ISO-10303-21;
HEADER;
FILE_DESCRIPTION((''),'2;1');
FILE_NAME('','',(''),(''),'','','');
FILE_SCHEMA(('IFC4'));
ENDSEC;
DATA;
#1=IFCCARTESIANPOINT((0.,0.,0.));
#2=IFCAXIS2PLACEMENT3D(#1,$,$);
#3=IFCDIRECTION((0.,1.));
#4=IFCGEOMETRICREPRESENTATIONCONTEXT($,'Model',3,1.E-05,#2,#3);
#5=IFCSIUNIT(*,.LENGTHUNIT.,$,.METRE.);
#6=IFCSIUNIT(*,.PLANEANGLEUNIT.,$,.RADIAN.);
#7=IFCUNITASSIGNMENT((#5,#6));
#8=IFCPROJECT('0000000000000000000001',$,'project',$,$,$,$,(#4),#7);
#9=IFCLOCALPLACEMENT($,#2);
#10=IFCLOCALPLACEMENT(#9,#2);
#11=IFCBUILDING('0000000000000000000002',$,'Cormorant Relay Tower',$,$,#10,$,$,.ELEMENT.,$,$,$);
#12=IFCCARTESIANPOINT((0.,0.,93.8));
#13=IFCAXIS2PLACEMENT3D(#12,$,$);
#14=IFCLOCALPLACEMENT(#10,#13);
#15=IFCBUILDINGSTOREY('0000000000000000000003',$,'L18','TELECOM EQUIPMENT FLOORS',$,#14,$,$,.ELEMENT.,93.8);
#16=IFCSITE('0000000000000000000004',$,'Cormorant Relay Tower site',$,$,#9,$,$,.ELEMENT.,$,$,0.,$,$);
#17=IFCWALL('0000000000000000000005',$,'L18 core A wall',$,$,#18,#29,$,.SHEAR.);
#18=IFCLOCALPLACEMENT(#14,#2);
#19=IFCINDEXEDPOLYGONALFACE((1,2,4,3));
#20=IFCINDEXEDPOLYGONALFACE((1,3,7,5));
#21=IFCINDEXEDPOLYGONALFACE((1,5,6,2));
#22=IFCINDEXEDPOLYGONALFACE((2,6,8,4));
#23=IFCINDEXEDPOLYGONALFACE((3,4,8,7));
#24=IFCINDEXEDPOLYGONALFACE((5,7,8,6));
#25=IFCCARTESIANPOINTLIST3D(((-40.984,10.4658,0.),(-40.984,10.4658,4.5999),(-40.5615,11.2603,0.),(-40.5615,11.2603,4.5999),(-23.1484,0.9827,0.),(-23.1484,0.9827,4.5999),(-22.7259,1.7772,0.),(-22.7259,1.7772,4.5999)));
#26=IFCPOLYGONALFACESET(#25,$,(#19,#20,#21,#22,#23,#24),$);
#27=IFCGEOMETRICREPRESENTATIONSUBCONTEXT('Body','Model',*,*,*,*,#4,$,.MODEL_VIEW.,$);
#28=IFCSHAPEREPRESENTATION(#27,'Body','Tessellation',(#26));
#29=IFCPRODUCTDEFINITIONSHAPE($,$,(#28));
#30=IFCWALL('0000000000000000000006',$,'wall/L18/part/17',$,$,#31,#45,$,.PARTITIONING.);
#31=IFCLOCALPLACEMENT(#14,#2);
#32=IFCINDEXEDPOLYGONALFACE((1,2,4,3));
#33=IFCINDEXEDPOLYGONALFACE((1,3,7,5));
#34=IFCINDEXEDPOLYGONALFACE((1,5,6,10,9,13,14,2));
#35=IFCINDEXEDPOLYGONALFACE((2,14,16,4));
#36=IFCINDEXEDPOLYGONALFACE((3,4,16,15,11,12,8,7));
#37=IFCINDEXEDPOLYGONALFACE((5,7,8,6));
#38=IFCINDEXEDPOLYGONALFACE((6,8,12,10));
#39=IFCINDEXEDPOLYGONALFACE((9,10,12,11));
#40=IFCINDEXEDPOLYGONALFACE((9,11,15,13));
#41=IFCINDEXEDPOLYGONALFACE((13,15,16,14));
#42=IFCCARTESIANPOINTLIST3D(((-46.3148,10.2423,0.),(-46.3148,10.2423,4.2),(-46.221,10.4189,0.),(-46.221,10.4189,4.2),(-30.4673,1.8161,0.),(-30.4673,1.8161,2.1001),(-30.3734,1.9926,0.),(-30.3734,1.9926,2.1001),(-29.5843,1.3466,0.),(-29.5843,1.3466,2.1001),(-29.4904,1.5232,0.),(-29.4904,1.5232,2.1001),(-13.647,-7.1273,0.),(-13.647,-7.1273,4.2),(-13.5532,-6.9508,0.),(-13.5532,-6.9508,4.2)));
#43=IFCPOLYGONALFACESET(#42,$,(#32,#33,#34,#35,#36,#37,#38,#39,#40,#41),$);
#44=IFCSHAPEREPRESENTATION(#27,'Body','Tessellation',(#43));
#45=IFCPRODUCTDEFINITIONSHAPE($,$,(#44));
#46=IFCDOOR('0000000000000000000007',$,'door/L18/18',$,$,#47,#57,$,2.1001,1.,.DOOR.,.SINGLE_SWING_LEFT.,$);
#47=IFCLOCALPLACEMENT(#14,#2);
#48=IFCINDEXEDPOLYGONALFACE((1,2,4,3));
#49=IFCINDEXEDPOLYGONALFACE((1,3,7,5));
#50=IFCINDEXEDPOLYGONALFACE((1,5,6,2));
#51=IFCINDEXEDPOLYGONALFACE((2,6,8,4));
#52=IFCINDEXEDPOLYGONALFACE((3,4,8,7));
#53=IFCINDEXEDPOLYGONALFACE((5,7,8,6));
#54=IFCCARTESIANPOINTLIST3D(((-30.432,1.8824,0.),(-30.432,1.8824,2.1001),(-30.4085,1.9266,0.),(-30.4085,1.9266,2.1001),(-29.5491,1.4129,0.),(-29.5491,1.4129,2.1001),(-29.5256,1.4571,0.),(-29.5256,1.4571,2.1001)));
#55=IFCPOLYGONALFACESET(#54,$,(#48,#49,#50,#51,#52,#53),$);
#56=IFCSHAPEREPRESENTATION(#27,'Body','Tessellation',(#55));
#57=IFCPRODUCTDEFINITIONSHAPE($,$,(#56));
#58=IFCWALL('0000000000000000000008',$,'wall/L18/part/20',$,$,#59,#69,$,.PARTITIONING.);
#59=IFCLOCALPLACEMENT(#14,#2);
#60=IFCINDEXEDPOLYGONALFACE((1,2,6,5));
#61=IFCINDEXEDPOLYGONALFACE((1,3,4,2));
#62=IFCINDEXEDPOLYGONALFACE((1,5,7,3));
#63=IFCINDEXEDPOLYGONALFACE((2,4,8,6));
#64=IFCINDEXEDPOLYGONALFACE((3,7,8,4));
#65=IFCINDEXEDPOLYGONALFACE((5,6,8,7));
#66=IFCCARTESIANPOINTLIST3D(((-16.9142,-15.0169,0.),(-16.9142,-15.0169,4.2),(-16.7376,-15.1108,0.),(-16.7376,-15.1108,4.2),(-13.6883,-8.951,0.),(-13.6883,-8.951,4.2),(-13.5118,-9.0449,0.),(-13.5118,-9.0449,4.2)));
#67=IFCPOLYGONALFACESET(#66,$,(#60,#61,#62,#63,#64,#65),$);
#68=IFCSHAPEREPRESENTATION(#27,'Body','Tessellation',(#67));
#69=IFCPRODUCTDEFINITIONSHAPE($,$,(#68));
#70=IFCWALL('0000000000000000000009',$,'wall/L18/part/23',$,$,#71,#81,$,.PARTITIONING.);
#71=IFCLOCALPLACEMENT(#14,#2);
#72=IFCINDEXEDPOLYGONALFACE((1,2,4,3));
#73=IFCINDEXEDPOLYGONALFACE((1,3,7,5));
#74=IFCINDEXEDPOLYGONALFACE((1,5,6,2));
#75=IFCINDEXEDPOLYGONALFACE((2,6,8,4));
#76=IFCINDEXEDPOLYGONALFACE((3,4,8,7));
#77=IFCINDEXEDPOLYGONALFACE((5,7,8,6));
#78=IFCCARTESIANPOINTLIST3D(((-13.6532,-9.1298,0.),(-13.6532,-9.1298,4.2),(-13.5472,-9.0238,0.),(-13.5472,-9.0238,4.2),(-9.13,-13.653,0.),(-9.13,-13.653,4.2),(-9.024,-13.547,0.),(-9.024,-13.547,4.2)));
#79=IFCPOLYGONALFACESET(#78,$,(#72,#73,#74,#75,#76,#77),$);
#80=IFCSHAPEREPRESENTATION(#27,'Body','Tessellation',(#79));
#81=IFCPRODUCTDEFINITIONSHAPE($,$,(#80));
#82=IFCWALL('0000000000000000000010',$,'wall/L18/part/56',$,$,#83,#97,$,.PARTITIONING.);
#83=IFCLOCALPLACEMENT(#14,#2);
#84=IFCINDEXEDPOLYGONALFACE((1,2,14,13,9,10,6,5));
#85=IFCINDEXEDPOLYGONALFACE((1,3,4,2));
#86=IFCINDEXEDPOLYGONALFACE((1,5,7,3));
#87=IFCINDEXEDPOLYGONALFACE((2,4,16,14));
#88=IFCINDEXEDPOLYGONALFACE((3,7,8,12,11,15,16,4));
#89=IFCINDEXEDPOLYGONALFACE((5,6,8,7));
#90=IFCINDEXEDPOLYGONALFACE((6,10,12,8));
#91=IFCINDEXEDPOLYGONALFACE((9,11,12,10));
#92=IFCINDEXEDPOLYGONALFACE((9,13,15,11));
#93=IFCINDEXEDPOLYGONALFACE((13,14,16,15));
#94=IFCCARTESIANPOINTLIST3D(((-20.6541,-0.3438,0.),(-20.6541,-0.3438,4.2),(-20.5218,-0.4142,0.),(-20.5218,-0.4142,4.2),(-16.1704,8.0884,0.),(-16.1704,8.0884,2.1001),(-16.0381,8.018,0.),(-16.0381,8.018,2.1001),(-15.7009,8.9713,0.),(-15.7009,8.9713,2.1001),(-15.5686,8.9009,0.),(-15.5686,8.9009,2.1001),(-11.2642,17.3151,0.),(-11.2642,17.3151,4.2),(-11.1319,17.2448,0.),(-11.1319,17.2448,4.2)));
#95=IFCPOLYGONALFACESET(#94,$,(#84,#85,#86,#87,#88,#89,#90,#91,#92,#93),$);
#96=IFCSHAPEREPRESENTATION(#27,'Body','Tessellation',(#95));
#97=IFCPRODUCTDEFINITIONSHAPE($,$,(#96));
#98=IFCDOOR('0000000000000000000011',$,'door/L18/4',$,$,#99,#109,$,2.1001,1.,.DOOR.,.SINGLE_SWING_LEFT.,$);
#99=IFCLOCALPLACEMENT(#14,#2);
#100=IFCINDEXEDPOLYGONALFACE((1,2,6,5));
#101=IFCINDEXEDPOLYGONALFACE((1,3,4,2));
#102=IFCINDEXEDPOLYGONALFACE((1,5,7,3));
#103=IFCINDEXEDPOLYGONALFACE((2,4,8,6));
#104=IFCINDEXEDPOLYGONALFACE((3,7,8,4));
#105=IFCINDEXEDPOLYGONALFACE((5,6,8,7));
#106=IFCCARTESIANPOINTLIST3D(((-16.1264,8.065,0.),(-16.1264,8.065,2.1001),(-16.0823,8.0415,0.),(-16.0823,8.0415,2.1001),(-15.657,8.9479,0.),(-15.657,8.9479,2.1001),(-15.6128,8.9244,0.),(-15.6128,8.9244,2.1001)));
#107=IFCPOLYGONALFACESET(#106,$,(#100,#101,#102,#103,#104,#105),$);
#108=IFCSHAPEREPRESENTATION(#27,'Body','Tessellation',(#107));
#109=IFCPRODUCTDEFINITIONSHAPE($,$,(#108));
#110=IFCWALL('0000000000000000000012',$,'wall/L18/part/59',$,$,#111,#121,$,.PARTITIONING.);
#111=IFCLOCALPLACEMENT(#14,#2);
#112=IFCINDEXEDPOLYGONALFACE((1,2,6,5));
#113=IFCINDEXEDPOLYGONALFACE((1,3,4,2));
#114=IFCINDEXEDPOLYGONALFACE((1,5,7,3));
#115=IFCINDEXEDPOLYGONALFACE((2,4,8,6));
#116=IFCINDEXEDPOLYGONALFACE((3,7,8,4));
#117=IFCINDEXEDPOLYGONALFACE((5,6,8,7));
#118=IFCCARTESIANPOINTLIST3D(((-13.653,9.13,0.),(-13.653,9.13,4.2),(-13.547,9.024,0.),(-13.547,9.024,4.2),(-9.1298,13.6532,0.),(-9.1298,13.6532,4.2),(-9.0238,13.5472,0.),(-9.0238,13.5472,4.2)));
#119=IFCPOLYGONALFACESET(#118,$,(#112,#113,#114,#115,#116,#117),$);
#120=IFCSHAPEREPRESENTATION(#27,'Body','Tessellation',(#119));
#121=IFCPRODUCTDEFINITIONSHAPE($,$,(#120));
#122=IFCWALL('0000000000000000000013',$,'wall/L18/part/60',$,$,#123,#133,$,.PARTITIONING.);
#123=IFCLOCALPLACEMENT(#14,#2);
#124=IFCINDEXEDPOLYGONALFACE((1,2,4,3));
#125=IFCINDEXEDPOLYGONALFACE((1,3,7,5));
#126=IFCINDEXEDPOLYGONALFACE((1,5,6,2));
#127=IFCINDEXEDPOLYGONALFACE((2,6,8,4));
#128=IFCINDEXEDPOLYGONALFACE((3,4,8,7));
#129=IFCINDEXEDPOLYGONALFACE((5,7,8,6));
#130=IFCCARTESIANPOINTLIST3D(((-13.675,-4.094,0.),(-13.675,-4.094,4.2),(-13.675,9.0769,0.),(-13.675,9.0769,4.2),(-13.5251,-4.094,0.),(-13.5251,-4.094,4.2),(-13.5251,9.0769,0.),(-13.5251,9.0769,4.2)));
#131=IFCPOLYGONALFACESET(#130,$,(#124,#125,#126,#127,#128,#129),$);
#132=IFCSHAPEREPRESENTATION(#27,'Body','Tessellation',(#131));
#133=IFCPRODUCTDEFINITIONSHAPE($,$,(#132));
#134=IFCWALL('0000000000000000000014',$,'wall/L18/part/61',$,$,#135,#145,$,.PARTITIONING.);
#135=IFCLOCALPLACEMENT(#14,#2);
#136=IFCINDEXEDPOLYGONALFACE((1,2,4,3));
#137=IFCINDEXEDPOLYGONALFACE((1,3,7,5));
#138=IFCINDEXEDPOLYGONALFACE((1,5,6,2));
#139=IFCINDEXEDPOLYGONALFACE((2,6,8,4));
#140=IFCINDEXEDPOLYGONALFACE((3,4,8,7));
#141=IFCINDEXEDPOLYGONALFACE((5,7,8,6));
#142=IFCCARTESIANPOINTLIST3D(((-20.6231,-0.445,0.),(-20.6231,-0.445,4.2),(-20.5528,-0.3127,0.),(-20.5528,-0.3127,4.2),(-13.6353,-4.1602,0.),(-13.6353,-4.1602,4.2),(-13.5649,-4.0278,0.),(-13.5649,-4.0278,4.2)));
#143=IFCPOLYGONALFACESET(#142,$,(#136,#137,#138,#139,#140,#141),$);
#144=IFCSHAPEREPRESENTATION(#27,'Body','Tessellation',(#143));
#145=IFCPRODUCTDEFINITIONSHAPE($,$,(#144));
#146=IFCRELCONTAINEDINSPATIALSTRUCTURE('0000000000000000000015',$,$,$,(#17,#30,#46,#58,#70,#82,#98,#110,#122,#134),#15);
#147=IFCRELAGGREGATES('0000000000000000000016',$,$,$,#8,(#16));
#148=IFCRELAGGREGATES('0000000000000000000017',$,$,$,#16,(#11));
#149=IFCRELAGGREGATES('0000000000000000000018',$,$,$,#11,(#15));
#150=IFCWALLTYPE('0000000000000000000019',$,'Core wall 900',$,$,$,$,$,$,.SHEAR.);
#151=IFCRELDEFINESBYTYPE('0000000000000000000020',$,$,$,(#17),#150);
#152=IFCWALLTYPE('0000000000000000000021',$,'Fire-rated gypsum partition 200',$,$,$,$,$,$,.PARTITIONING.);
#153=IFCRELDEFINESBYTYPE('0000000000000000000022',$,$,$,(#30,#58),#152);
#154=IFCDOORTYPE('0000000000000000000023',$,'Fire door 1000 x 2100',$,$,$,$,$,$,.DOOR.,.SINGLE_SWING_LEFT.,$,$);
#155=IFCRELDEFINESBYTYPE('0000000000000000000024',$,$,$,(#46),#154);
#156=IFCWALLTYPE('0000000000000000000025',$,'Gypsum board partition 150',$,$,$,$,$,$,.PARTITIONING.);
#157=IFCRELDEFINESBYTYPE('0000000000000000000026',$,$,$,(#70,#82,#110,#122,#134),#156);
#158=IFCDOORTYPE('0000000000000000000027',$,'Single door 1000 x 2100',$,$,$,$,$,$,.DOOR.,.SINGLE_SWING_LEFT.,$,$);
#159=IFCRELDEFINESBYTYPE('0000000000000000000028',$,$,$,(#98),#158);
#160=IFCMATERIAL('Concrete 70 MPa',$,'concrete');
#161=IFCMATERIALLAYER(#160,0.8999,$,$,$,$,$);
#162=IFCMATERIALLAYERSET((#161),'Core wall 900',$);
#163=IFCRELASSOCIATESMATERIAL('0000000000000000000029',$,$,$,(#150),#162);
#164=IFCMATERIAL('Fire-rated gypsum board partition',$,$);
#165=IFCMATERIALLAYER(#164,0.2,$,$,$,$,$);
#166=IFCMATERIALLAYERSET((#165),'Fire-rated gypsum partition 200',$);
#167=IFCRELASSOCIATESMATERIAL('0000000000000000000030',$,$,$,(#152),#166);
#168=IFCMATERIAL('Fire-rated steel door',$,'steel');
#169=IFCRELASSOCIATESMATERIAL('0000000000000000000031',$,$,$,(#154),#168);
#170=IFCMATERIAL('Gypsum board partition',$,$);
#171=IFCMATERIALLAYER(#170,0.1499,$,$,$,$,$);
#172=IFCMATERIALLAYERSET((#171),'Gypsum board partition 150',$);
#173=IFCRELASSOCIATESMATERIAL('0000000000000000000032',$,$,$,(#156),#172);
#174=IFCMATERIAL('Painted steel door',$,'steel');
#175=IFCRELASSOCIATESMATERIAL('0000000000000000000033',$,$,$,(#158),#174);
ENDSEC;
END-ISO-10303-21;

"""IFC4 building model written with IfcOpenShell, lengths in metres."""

from ifc_helpers import new_model, si_unit, direction, frame, frame_2d, origin, place, context, subcontext, project, spatial, rectangle, extrude, material, layer, layer_set, type_object, element, fill, save


model = new_model("IFC4")

# Units and contexts
model_context = context("Model", 3, precision=1e-05, world=origin(), true_north=direction((0.0, 1.0)))
body_context = subcontext(model_context, "Body", "Model", "MODEL_VIEW")
ifc_project = project(units=[si_unit("LENGTHUNIT", "METRE"), si_unit("PLANEANGLEUNIT", "RADIAN")], contexts=[model_context])

# Site, building, storey
site_placement = place(None, origin())
site = spatial("IfcSite", under=ifc_project, at=site_placement, Name="Cormorant Relay Tower site", CompositionType="ELEMENT", RefElevation=0.0)
building_placement = place(site_placement, origin())
building = spatial("IfcBuilding", under=site, at=building_placement, Name="Cormorant Relay Tower", CompositionType="ELEMENT")
storey_placement = place(building_placement, frame((0.0, 0.0, 93.8)))
storey = spatial("IfcBuildingStorey", under=building, at=storey_placement, Name="L18", Description="TELECOM EQUIPMENT FLOORS", CompositionType="ELEMENT", Elevation=93.8)

# Wall
ifc_material_1 = material(Name="Concrete 70 MPa", Category="concrete")
ifc_layer_1 = layer(ifc_material_1, 0.8999)
ifc_layer_set_1 = layer_set([ifc_layer_1], Name="Core wall 900")
wall_type_1 = type_object("IfcWallType", Name="Core wall 900", PredefinedType="SHEAR", material=ifc_layer_set_1)
wall_1_placement = place(storey_placement, frame((-22.937, 1.3799, 0.0), z_axis=(0.0, 0.0, 1.0), x_axis=(-0.882953, 0.469462, 0.0)))
element("IfcWall", 1, at=wall_1_placement, inside=storey, type_object=wall_type_1, Name="L18 core A wall", PredefinedType="SHEAR", context=body_context, shape_type="SweptSolid", body=[
    extrude(rectangle(XDim=20.2, YDim=0.8999, at=frame_2d((10.1001, 0.0))), origin(), (0.0, 0.0, 1.0), 4.5999),
])

# Wall, opening, door
ifc_material_2 = material(Name="Fire-rated gypsum board partition")
ifc_layer_2 = layer(ifc_material_2, 0.2)
ifc_layer_set_2 = layer_set([ifc_layer_2], Name="Fire-rated gypsum partition 200")
wall_type_2 = type_object("IfcWallType", Name="Fire-rated gypsum partition 200", PredefinedType="PARTITIONING", material=ifc_layer_set_2)
wall_2_placement = place(storey_placement, frame((-13.6001, -7.0391, 0.0), z_axis=(0.0, 0.0, 1.0), x_axis=(-0.882949, 0.469469, 0.0)))
wall_2 = element("IfcWall", 2, at=wall_2_placement, inside=storey, type_object=wall_type_2, Name="wall/L18/part/17", PredefinedType="PARTITIONING", context=body_context, shape_type="SweptSolid", body=[
    extrude(rectangle(XDim=36.9985, YDim=0.2, at=frame_2d((18.4993, 0.0))), origin(), (0.0, 0.0, 1.0), 4.2),
])
opening_1_placement = place(wall_2_placement, frame((18.05, 0.0, 0.0)))
opening_1 = element("IfcOpeningElement", 3, at=opening_1_placement, cuts=wall_2, PredefinedType="OPENING", context=body_context, shape_type="SweptSolid", body=[
    extrude(rectangle(XDim=1.0, YDim=2.1001, at=frame_2d((0.5, 1.05))), frame((0.0, 0.1099, 0.0), z_axis=(0.0, -1.0, 0.0), x_axis=(1.0, 0.0, 0.0)), (0.0, 0.0, 1.0), 0.22),
])
ifc_material_3 = material(Name="Fire-rated steel door", Category="steel")
door_type_1 = type_object("IfcDoorType", Name="Fire door 1000 x 2100", OperationType="SINGLE_SWING_LEFT", PredefinedType="DOOR", material=ifc_material_3)
door_1_placement = place(opening_1_placement, origin())
door_1 = element("IfcDoor", 4, at=door_1_placement, inside=storey, type_object=door_type_1, Name="door/L18/18", OperationType="SINGLE_SWING_LEFT", OverallHeight=2.1001, OverallWidth=1.0, PredefinedType="DOOR", context=body_context, shape_type="SweptSolid", body=[
    extrude(rectangle(XDim=1.0, YDim=2.1001, at=frame_2d((0.5, 1.05))), frame((0.0, 0.0249, 0.0), z_axis=(0.0, -1.0, 0.0), x_axis=(1.0, 0.0, 0.0)), (0.0, 0.0, 1.0), 0.05),
])
fill(opening_1, door_1)

# Walls
wall_3_placement = place(storey_placement, frame((-13.6001, -8.998, 0.0), z_axis=(0.0, 0.0, 1.0), x_axis=(-0.469531, -0.882916, 0.0)))
element("IfcWall", 5, at=wall_3_placement, inside=storey, type_object=wall_type_2, Name="wall/L18/part/20", PredefinedType="PARTITIONING", context=body_context, shape_type="SweptSolid", body=[
    extrude(rectangle(XDim=6.8704, YDim=0.2, at=frame_2d((3.4351, 0.0))), origin(), (0.0, 0.0, 1.0), 4.2),
])
ifc_material_4 = material(Name="Gypsum board partition")
ifc_layer_3 = layer(ifc_material_4, 0.1499)
ifc_layer_set_3 = layer_set([ifc_layer_3], Name="Gypsum board partition 150")
wall_type_3 = type_object("IfcWallType", Name="Gypsum board partition 150", PredefinedType="PARTITIONING", material=ifc_layer_set_3)
wall_4_placement = place(storey_placement, frame((-13.6001, -9.0769, 0.0), z_axis=(0.0, 0.0, 1.0), x_axis=(0.707107, -0.707107, 0.0)))
element("IfcWall", 6, at=wall_4_placement, inside=storey, type_object=wall_type_3, Name="wall/L18/part/23", PredefinedType="PARTITIONING", context=body_context, shape_type="SweptSolid", body=[
    extrude(rectangle(XDim=6.3967, YDim=0.1499, at=frame_2d((3.1982, 0.0))), origin(), (0.0, 0.0, 1.0), 4.2),
])

# Wall, opening, door
wall_5_placement = place(storey_placement, frame((-20.5879, -0.3789, 0.0), z_axis=(0.0, 0.0, 1.0), x_axis=(0.46949, 0.882938, 0.0)))
wall_5 = element("IfcWall", 7, at=wall_5_placement, inside=storey, type_object=wall_type_3, Name="wall/L18/part/56", PredefinedType="PARTITIONING", context=body_context, shape_type="SweptSolid", body=[
    extrude(rectangle(XDim=20.0002, YDim=0.1499, at=frame_2d((10.0, 0.0))), origin(), (0.0, 0.0, 1.0), 4.2),
])
opening_2_placement = place(wall_5_placement, frame((9.55, 0.0, 0.0)))
opening_2 = element("IfcOpeningElement", 8, at=opening_2_placement, cuts=wall_5, PredefinedType="OPENING", context=body_context, shape_type="SweptSolid", body=[
    extrude(rectangle(XDim=1.0, YDim=2.1001, at=frame_2d((0.5, 1.05))), frame((0.0, 0.085, 0.0), z_axis=(0.0, -1.0, 0.0), x_axis=(1.0, 0.0, 0.0)), (0.0, 0.0, 1.0), 0.1699),
])
ifc_material_5 = material(Name="Painted steel door", Category="steel")
door_type_2 = type_object("IfcDoorType", Name="Single door 1000 x 2100", OperationType="SINGLE_SWING_LEFT", PredefinedType="DOOR", material=ifc_material_5)
door_2_placement = place(opening_2_placement, frame((1.0, 0.0, 0.0), z_axis=(0.0, 0.0, 1.0), x_axis=(-1.0, 0.0, 0.0)))
door_2 = element("IfcDoor", 9, at=door_2_placement, inside=storey, type_object=door_type_2, Name="door/L18/4", OperationType="SINGLE_SWING_LEFT", OverallHeight=2.1001, OverallWidth=1.0, PredefinedType="DOOR", context=body_context, shape_type="SweptSolid", body=[
    extrude(rectangle(XDim=1.0, YDim=2.1001, at=frame_2d((0.5, 1.05))), frame((0.0, 0.0249, 0.0), z_axis=(0.0, -1.0, 0.0), x_axis=(1.0, 0.0, 0.0)), (0.0, 0.0, 1.0), 0.05),
])
fill(opening_2, door_2)

# Walls
wall_6_placement = place(storey_placement, frame((-9.0769, 13.6001, 0.0), z_axis=(0.0, 0.0, 1.0), x_axis=(-0.707107, -0.707107, 0.0)))
element("IfcWall", 10, at=wall_6_placement, inside=storey, type_object=wall_type_3, Name="wall/L18/part/59", PredefinedType="PARTITIONING", context=body_context, shape_type="SweptSolid", body=[
    extrude(rectangle(XDim=6.3967, YDim=0.1499, at=frame_2d((3.1982, 0.0))), origin(), (0.0, 0.0, 1.0), 4.2),
])
wall_7_placement = place(storey_placement, frame((-13.6001, 9.0769, 0.0), z_axis=(0.0, 0.0, 1.0), x_axis=(0.0, -1.0, 0.0)))
element("IfcWall", 11, at=wall_7_placement, inside=storey, type_object=wall_type_3, Name="wall/L18/part/60", PredefinedType="PARTITIONING", context=body_context, shape_type="SweptSolid", body=[
    extrude(rectangle(XDim=13.1709, YDim=0.1499, at=frame_2d((6.5854, 0.0))), origin(), (0.0, 0.0, 1.0), 4.2),
])
wall_8_placement = place(storey_placement, frame((-13.6001, -4.094, 0.0), z_axis=(0.0, 0.0, 1.0), x_axis=(-0.882968, 0.469433, 0.0)))
element("IfcWall", 12, at=wall_8_placement, inside=storey, type_object=wall_type_3, Name="wall/L18/part/61", PredefinedType="PARTITIONING", context=body_context, shape_type="SweptSolid", body=[
    extrude(rectangle(XDim=7.9141, YDim=0.1499, at=frame_2d((3.957, 0.0))), origin(), (0.0, 0.0, 1.0), 4.2),
])

save(model, "model.ifc")
